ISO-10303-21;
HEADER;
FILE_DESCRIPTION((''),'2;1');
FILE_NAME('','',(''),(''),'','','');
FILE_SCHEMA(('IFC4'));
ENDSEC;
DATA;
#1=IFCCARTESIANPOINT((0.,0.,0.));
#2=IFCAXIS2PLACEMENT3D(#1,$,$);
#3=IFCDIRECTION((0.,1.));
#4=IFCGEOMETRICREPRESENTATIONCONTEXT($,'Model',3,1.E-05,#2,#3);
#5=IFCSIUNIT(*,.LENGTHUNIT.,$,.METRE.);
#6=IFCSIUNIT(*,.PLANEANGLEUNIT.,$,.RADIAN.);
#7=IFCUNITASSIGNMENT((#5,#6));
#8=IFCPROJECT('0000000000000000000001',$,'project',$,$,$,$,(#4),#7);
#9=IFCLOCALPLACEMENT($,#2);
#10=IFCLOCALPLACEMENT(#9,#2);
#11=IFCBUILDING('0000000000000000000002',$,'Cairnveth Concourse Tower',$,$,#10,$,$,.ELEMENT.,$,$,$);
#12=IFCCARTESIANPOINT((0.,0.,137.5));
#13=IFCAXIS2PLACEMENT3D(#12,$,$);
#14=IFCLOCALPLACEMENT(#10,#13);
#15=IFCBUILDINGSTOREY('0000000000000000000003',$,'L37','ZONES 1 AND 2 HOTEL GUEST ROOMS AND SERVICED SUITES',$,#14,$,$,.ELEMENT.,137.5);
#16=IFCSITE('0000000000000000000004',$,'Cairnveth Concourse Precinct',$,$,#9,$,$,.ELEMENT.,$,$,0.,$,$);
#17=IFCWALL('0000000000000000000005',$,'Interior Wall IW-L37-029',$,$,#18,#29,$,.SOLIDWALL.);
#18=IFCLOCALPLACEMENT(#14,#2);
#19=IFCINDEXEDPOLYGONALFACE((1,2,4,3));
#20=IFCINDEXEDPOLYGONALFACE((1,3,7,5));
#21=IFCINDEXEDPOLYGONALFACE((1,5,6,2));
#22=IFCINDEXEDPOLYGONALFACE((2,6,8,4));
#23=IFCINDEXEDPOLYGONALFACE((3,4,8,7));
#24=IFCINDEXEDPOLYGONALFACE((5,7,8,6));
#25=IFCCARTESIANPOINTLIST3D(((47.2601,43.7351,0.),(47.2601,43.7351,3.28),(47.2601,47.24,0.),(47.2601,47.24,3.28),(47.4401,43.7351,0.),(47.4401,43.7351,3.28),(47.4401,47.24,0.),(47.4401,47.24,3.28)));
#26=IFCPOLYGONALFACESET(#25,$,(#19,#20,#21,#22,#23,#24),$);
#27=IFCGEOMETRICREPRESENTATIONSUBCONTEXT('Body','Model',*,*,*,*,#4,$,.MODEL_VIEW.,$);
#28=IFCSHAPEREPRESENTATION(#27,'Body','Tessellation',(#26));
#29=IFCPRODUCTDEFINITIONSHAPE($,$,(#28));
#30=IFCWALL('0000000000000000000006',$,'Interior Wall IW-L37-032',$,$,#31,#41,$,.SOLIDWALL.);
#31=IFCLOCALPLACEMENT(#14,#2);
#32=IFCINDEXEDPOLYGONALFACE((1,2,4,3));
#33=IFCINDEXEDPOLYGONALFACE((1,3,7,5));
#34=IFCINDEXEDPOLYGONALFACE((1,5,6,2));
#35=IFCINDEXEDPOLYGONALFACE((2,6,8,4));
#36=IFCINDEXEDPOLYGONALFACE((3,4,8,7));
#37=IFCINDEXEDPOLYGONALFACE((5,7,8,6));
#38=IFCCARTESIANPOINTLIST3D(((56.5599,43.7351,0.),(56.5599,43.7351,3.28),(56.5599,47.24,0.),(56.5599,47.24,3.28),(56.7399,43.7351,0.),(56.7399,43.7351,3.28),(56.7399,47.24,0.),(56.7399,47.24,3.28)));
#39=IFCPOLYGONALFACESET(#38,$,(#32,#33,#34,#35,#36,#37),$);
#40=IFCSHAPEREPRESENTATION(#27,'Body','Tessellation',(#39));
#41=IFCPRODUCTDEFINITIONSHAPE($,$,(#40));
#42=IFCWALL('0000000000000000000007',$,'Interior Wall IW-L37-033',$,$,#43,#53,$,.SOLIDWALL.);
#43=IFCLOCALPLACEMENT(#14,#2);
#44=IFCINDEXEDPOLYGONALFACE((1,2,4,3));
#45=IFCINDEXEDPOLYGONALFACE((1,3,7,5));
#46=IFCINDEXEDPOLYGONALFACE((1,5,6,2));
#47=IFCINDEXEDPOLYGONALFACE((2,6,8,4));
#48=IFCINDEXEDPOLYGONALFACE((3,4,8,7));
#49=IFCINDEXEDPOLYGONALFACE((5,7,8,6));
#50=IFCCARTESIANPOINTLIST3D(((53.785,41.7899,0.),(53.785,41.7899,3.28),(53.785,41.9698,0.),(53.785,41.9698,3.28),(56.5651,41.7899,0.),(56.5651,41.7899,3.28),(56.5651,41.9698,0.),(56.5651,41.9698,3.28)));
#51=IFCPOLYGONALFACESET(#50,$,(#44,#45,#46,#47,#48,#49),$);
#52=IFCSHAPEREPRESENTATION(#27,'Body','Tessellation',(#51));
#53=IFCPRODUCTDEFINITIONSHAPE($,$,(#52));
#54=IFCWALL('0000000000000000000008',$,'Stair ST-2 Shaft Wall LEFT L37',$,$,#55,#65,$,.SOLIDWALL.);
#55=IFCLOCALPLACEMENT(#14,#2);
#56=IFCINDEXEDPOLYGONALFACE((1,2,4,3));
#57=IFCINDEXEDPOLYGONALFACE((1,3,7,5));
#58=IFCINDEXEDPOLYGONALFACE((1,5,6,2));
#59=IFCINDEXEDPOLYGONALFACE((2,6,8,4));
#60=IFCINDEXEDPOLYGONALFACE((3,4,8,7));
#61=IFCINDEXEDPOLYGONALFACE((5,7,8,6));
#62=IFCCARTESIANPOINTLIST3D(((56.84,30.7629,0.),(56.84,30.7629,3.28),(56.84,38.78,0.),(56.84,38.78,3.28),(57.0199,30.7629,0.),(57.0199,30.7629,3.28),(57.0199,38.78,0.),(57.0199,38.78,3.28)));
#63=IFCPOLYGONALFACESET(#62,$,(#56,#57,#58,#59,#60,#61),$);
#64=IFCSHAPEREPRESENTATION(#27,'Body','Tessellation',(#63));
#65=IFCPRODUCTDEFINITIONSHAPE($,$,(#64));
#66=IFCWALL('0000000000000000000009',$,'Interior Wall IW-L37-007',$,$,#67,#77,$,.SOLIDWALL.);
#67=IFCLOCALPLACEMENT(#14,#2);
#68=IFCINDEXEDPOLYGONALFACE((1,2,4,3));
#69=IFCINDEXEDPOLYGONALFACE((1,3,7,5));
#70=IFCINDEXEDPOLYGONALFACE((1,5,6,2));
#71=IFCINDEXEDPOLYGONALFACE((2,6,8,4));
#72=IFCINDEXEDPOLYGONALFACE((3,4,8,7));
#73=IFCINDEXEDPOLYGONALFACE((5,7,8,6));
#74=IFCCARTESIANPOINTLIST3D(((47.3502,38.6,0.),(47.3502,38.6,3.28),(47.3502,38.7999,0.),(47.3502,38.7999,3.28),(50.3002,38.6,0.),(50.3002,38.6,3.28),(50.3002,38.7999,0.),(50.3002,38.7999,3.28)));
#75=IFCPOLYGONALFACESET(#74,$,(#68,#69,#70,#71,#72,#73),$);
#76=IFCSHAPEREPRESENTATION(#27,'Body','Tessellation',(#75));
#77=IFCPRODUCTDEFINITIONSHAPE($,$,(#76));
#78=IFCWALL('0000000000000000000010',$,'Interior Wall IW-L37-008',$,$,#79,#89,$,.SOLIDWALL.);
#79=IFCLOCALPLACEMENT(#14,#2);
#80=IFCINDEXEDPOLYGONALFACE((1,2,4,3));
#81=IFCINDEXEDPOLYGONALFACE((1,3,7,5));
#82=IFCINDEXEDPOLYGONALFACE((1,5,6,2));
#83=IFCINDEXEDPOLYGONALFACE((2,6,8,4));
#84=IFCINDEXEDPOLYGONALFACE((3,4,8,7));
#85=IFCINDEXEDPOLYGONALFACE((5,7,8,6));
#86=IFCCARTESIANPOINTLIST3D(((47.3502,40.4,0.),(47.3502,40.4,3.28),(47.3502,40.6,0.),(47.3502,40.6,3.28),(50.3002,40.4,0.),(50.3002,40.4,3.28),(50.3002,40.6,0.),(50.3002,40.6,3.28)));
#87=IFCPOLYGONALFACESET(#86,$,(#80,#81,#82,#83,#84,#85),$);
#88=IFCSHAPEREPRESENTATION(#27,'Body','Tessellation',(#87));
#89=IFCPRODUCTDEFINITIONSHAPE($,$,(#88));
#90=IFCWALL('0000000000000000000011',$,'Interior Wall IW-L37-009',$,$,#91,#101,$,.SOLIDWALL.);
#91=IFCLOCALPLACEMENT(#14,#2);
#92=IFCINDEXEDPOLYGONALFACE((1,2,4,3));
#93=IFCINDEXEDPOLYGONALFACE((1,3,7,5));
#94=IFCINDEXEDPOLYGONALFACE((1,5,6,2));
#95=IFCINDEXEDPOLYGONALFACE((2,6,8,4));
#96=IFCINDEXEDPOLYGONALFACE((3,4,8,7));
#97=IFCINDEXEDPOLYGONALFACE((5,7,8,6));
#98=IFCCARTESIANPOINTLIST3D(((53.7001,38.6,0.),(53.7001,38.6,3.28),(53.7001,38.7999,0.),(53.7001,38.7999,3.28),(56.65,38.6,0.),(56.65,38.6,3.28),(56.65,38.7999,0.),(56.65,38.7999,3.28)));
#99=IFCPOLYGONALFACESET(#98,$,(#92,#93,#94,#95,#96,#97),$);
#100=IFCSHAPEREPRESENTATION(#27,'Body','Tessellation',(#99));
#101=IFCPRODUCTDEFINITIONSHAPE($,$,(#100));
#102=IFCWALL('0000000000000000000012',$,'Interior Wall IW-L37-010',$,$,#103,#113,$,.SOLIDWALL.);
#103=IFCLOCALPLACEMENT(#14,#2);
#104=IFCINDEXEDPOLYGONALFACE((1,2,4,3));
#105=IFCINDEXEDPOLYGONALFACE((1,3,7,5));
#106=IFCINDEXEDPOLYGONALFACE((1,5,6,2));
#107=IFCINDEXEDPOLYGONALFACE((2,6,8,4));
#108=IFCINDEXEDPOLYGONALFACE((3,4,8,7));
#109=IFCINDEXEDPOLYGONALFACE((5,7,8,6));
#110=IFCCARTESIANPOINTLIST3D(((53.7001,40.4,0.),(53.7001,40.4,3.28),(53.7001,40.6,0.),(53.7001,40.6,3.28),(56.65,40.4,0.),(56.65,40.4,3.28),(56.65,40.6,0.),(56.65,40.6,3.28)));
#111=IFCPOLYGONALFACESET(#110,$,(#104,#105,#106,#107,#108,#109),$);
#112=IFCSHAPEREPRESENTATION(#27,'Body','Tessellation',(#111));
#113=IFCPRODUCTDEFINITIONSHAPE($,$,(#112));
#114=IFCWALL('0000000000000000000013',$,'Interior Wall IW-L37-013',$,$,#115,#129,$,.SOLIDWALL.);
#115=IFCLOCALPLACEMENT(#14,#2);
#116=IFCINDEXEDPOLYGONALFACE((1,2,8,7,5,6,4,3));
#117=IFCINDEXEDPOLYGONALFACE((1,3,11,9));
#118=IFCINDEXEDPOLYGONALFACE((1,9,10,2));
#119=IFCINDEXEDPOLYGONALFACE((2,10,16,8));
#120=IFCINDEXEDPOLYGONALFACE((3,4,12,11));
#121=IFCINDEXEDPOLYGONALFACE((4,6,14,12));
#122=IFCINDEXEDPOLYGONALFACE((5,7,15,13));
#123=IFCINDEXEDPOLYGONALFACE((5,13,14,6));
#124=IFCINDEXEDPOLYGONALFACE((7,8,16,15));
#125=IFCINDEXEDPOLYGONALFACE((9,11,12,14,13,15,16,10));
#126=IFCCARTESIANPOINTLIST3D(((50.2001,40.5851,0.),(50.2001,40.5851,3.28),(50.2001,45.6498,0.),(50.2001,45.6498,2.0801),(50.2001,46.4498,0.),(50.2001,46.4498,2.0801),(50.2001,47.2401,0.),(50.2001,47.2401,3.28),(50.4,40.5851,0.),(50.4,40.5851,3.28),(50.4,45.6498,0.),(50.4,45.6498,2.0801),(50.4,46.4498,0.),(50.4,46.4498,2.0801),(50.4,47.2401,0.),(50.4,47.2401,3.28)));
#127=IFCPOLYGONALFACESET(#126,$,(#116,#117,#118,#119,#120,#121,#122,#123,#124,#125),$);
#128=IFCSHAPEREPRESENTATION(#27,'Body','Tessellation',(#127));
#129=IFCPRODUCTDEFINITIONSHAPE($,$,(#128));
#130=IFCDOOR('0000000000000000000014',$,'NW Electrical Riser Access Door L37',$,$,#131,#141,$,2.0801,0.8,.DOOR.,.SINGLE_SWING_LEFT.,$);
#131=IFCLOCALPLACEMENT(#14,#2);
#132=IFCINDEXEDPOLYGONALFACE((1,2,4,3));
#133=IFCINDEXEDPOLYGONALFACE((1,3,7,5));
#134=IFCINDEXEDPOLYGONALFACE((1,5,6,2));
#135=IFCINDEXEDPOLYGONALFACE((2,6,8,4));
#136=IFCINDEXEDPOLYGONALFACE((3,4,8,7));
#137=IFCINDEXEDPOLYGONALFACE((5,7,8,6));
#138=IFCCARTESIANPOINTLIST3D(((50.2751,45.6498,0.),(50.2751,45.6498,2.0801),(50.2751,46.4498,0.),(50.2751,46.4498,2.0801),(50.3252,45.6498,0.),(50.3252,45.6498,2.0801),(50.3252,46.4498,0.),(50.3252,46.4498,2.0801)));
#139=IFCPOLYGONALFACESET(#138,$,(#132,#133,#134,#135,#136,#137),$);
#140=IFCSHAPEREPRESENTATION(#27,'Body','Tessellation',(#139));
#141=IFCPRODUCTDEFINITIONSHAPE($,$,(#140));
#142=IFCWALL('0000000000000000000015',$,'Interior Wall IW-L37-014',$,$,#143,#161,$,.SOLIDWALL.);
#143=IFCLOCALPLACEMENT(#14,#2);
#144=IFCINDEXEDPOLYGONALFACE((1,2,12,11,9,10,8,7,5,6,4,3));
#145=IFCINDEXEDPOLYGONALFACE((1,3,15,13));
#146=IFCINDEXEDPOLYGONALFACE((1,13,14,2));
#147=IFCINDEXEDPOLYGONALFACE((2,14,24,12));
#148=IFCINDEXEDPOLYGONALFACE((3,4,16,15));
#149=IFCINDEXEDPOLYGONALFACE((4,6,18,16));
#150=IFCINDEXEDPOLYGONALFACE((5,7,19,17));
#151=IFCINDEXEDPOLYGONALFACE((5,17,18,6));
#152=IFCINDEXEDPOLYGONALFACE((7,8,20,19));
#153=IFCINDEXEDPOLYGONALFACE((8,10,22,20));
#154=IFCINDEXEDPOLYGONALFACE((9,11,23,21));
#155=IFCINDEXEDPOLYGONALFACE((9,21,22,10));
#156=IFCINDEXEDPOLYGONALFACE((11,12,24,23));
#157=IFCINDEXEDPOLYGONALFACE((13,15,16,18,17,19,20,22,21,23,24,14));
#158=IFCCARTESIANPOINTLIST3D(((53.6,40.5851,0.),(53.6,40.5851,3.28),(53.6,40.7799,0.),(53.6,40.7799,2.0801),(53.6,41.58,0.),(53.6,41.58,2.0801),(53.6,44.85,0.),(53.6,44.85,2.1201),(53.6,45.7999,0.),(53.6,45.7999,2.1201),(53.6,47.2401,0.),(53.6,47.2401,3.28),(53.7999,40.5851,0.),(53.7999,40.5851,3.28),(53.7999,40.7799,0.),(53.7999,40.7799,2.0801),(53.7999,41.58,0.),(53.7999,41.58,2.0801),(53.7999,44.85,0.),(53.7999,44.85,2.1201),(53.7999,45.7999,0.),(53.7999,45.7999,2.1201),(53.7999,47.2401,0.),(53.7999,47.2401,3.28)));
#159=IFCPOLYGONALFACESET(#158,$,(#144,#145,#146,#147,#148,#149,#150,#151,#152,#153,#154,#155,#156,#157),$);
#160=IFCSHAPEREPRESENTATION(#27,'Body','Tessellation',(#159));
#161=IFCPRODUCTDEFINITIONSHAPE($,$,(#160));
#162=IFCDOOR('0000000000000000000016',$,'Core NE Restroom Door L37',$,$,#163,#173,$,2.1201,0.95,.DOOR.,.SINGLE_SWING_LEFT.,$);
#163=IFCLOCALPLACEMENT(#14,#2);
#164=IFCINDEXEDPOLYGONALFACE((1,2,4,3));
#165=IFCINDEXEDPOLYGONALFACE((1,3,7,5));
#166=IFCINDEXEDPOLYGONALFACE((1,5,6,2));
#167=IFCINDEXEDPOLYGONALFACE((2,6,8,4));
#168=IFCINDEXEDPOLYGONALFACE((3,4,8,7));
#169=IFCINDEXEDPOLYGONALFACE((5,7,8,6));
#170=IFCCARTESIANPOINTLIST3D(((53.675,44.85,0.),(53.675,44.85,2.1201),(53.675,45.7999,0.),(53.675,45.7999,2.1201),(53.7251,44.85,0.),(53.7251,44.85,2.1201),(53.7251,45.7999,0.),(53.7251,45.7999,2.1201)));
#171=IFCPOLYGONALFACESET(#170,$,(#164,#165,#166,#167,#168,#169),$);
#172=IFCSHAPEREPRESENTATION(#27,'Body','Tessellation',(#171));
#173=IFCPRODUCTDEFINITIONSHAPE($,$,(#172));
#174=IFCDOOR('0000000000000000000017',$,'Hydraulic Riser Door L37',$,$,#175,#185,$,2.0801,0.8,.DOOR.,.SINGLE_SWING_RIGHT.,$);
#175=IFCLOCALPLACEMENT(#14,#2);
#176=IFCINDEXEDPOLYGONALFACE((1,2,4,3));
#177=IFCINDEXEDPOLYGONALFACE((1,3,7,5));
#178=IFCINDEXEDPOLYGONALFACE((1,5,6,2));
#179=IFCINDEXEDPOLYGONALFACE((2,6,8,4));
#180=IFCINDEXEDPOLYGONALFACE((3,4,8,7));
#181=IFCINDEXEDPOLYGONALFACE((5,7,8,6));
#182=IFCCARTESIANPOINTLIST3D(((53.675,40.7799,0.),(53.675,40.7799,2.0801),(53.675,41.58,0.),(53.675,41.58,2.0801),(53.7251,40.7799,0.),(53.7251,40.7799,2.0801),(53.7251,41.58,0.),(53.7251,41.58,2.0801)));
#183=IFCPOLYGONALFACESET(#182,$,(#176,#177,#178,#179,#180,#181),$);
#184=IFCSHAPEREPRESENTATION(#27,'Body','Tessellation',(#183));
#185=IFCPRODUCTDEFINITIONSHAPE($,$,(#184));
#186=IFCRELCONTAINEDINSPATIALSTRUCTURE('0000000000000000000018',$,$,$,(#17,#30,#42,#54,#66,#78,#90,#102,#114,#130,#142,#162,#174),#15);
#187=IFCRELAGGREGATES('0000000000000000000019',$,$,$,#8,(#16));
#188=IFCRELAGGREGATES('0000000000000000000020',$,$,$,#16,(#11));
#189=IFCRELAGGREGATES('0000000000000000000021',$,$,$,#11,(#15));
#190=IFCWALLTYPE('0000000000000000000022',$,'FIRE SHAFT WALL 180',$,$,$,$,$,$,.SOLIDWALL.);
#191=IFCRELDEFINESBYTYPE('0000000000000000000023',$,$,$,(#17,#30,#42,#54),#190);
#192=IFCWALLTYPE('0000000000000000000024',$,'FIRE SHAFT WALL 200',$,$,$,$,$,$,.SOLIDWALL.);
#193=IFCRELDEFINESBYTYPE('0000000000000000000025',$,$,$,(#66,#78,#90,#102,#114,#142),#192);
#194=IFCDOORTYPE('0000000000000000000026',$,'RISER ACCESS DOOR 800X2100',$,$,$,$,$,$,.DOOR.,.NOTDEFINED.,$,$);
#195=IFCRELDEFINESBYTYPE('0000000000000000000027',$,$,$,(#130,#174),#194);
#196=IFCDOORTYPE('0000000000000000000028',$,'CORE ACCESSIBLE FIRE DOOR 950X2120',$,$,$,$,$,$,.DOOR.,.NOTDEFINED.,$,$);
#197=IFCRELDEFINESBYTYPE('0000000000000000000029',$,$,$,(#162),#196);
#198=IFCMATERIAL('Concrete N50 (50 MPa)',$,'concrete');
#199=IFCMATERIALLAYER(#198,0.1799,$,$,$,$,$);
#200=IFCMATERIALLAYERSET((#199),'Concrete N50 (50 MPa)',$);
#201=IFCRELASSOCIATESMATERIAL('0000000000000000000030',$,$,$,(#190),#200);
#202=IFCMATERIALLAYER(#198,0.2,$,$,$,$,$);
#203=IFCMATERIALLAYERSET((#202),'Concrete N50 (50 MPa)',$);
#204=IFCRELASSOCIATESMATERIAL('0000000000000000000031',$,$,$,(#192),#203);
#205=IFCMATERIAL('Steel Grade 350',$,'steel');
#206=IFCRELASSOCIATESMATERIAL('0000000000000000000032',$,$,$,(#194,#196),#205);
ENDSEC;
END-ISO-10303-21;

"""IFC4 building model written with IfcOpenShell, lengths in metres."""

from ifc_helpers import new_model, si_unit, direction, frame, frame_2d, origin, place, context, subcontext, project, spatial, rectangle, extrude, material, layer, layer_set, type_object, element, fill, save


model = new_model("IFC4")

# Units and contexts
model_context = context("Model", 3, precision=1e-05, world=origin(), true_north=direction((0.0, 1.0)))
body_context = subcontext(model_context, "Body", "Model", "MODEL_VIEW")
ifc_project = project(units=[si_unit("LENGTHUNIT", "METRE"), si_unit("PLANEANGLEUNIT", "RADIAN")], contexts=[model_context])

# Site, building, storey
site_placement = place(None, origin())
site = spatial("IfcSite", under=ifc_project, at=site_placement, Name="Cairnveth Concourse Precinct", CompositionType="ELEMENT", RefElevation=0.0)
building_placement = place(site_placement, origin())
building = spatial("IfcBuilding", under=site, at=building_placement, Name="Cairnveth Concourse Tower", CompositionType="ELEMENT")
storey_placement = place(building_placement, frame((0.0, 0.0, 137.5)))
storey = spatial("IfcBuildingStorey", under=building, at=storey_placement, Name="L37", Description="ZONES 1 AND 2 HOTEL GUEST ROOMS AND SERVICED SUITES", CompositionType="ELEMENT", Elevation=137.5)

# Walls
ifc_material_1 = material(Name="Concrete N50 (50 MPa)", Category="concrete")
ifc_layer_1 = layer(ifc_material_1, 0.1799)
ifc_layer_set_1 = layer_set([ifc_layer_1], Name="Concrete N50 (50 MPa)")
wall_type_1 = type_object("IfcWallType", Name="FIRE SHAFT WALL 180", PredefinedType="SOLIDWALL", material=ifc_layer_set_1)
for number, where, z_axis, x_axis, name in (
    (1, (47.3501, 43.7351, 0.0), (0.0, 0.0, 1.0), (0.0, 1.0, 0.0), "Interior Wall IW-L37-029"),
    (2, (56.6499, 43.7351, 0.0), (0.0, 0.0, 1.0), (0.0, 1.0, 0.0), "Interior Wall IW-L37-032"),
):
    element("IfcWall", number, at=place(storey_placement, frame(where, z_axis=z_axis, x_axis=x_axis)), inside=storey, type_object=wall_type_1, Name=name, PredefinedType="SOLIDWALL", context=body_context, shape_type="SweptSolid", body=[
        extrude(rectangle(XDim=3.5049, YDim=0.1799, at=frame_2d((1.7524, 0.0))), origin(), (0.0, 0.0, 1.0), 3.28),
    ])
wall_1_placement = place(storey_placement, frame((53.7849, 41.8799, 0.0), z_axis=(0.0, 0.0, 1.0), x_axis=(1.0, 0.0, 0.0)))
element("IfcWall", 3, at=wall_1_placement, inside=storey, type_object=wall_type_1, Name="Interior Wall IW-L37-033", PredefinedType="SOLIDWALL", context=body_context, shape_type="SweptSolid", body=[
    extrude(rectangle(XDim=2.78, YDim=0.1799, at=frame_2d((1.3901, 0.0))), origin(), (0.0, 0.0, 1.0), 3.28),
])

# Shared definitions
ifc_material_2 = material(Name="Steel Grade 350", Category="steel")

# Walls
wall_2_placement = place(storey_placement, frame((56.9299, 38.78, 0.0), z_axis=(0.0, 0.0, 1.0), x_axis=(0.0, -1.0, 0.0)))
element("IfcWall", 4, at=wall_2_placement, inside=storey, type_object=wall_type_1, Name="Stair ST-2 Shaft Wall LEFT L37", PredefinedType="SOLIDWALL", context=body_context, shape_type="SweptSolid", body=[
    extrude(rectangle(XDim=8.0171, YDim=0.1799, at=frame_2d((4.0085, 0.0))), origin(), (0.0, 0.0, 1.0), 3.28),
])
ifc_layer_2 = layer(ifc_material_1, 0.2)
ifc_layer_set_2 = layer_set([ifc_layer_2], Name="Concrete N50 (50 MPa)")
wall_type_2 = type_object("IfcWallType", Name="FIRE SHAFT WALL 200", PredefinedType="SOLIDWALL", material=ifc_layer_set_2)
for number, where, z_axis, x_axis, name in (
    (5, (47.3501, 38.7, 0.0), (0.0, 0.0, 1.0), (1.0, 0.0, 0.0), "Interior Wall IW-L37-007"),
    (6, (47.3501, 40.5, 0.0), (0.0, 0.0, 1.0), (1.0, 0.0, 0.0), "Interior Wall IW-L37-008"),
    (7, (53.7, 38.7, 0.0), (0.0, 0.0, 1.0), (1.0, 0.0, 0.0), "Interior Wall IW-L37-009"),
    (8, (53.7, 40.5, 0.0), (0.0, 0.0, 1.0), (1.0, 0.0, 0.0), "Interior Wall IW-L37-010"),
):
    element("IfcWall", number, at=place(storey_placement, frame(where, z_axis=z_axis, x_axis=x_axis)), inside=storey, type_object=wall_type_2, Name=name, PredefinedType="SOLIDWALL", context=body_context, shape_type="SweptSolid", body=[
        extrude(rectangle(XDim=2.95, YDim=0.2, at=frame_2d((1.4751, 0.0))), origin(), (0.0, 0.0, 1.0), 3.28),
    ])

# Wall, opening, door
wall_3_placement = place(storey_placement, frame((50.3, 40.585, 0.0), z_axis=(0.0, 0.0, 1.0), x_axis=(0.0, 1.0, 0.0)))
wall_3 = element("IfcWall", 9, at=wall_3_placement, inside=storey, type_object=wall_type_2, Name="Interior Wall IW-L37-013", PredefinedType="SOLIDWALL", context=body_context, shape_type="SweptSolid", body=[
    extrude(rectangle(XDim=6.655, YDim=0.2, at=frame_2d((3.3276, 0.0))), origin(), (0.0, 0.0, 1.0), 3.28),
])
opening_1_placement = place(wall_3_placement, frame((5.0649, 0.0, 0.0)))
opening_1 = element("IfcOpeningElement", 10, at=opening_1_placement, cuts=wall_3, PredefinedType="OPENING", context=body_context, shape_type="SweptSolid", body=[
    extrude(rectangle(XDim=0.8, YDim=2.0801, at=frame_2d((0.3999, 1.04))), frame((0.0, 0.1099, 0.0), z_axis=(0.0, -1.0, 0.0), x_axis=(1.0, 0.0, 0.0)), (0.0, 0.0, 1.0), 0.22),
])
door_type_1 = type_object("IfcDoorType", Name="RISER ACCESS DOOR 800X2100", OperationType="NOTDEFINED", PredefinedType="DOOR", material=ifc_material_2)
door_1_placement = place(opening_1_placement, origin())
door_1 = element("IfcDoor", 11, at=door_1_placement, inside=storey, type_object=door_type_1, Name="NW Electrical Riser Access Door L37", OperationType="SINGLE_SWING_LEFT", OverallHeight=2.0801, OverallWidth=0.8, PredefinedType="DOOR", context=body_context, shape_type="SweptSolid", body=[
    extrude(rectangle(XDim=0.8, YDim=2.0801, at=frame_2d((0.3999, 1.04))), frame((0.0, 0.0249, 0.0), z_axis=(0.0, -1.0, 0.0), x_axis=(1.0, 0.0, 0.0)), (0.0, 0.0, 1.0), 0.05),
])
fill(opening_1, door_1)

# Wall, openings, doors
wall_4_placement = place(storey_placement, frame((53.7, 40.585, 0.0), z_axis=(0.0, 0.0, 1.0), x_axis=(0.0, 1.0, 0.0)))
wall_4 = element("IfcWall", 12, at=wall_4_placement, inside=storey, type_object=wall_type_2, Name="Interior Wall IW-L37-014", PredefinedType="SOLIDWALL", context=body_context, shape_type="SweptSolid", body=[
    extrude(rectangle(XDim=6.655, YDim=0.2, at=frame_2d((3.3276, 0.0))), origin(), (0.0, 0.0, 1.0), 3.28),
])
opening_2_placement = place(wall_4_placement, frame((0.1951, 0.0, 0.0)))
opening_2 = element("IfcOpeningElement", 13, at=opening_2_placement, cuts=wall_4, PredefinedType="OPENING", context=body_context, shape_type="SweptSolid", body=[
    extrude(rectangle(XDim=0.8, YDim=2.0801, at=frame_2d((0.3999, 1.04))), frame((0.0, 0.1099, 0.0), z_axis=(0.0, -1.0, 0.0), x_axis=(1.0, 0.0, 0.0)), (0.0, 0.0, 1.0), 0.22),
])
opening_3_placement = place(wall_4_placement, frame((4.2649, 0.0, 0.0)))
opening_3 = element("IfcOpeningElement", 14, at=opening_3_placement, cuts=wall_4, PredefinedType="OPENING", context=body_context, shape_type="SweptSolid", body=[
    extrude(rectangle(XDim=0.95, YDim=2.1201, at=frame_2d((0.4751, 1.0601))), frame((0.0, 0.1099, 0.0), z_axis=(0.0, -1.0, 0.0), x_axis=(1.0, 0.0, 0.0)), (0.0, 0.0, 1.0), 0.22),
])
door_type_2 = type_object("IfcDoorType", Name="CORE ACCESSIBLE FIRE DOOR 950X2120", OperationType="NOTDEFINED", PredefinedType="DOOR", material=ifc_material_2)
door_2_placement = place(opening_3_placement, origin())
door_2 = element("IfcDoor", 15, at=door_2_placement, inside=storey, type_object=door_type_2, Name="Core NE Restroom Door L37", OperationType="SINGLE_SWING_LEFT", OverallHeight=2.1201, OverallWidth=0.95, PredefinedType="DOOR", context=body_context, shape_type="SweptSolid", body=[
    extrude(rectangle(XDim=0.95, YDim=2.1201, at=frame_2d((0.4751, 1.0601))), frame((0.0, 0.0249, 0.0), z_axis=(0.0, -1.0, 0.0), x_axis=(1.0, 0.0, 0.0)), (0.0, 0.0, 1.0), 0.05),
])
fill(opening_3, door_2)
door_3_placement = place(opening_2_placement, origin())
door_3 = element("IfcDoor", 16, at=door_3_placement, inside=storey, type_object=door_type_1, Name="Hydraulic Riser Door L37", OperationType="SINGLE_SWING_RIGHT", OverallHeight=2.0801, OverallWidth=0.8, PredefinedType="DOOR", context=body_context, shape_type="SweptSolid", body=[
    extrude(rectangle(XDim=0.8, YDim=2.0801, at=frame_2d((0.3999, 1.04))), frame((0.0, 0.0249, 0.0), z_axis=(0.0, -1.0, 0.0), x_axis=(1.0, 0.0, 0.0)), (0.0, 0.0, 1.0), 0.05),
])
fill(opening_2, door_3)

save(model, "model.ifc")
